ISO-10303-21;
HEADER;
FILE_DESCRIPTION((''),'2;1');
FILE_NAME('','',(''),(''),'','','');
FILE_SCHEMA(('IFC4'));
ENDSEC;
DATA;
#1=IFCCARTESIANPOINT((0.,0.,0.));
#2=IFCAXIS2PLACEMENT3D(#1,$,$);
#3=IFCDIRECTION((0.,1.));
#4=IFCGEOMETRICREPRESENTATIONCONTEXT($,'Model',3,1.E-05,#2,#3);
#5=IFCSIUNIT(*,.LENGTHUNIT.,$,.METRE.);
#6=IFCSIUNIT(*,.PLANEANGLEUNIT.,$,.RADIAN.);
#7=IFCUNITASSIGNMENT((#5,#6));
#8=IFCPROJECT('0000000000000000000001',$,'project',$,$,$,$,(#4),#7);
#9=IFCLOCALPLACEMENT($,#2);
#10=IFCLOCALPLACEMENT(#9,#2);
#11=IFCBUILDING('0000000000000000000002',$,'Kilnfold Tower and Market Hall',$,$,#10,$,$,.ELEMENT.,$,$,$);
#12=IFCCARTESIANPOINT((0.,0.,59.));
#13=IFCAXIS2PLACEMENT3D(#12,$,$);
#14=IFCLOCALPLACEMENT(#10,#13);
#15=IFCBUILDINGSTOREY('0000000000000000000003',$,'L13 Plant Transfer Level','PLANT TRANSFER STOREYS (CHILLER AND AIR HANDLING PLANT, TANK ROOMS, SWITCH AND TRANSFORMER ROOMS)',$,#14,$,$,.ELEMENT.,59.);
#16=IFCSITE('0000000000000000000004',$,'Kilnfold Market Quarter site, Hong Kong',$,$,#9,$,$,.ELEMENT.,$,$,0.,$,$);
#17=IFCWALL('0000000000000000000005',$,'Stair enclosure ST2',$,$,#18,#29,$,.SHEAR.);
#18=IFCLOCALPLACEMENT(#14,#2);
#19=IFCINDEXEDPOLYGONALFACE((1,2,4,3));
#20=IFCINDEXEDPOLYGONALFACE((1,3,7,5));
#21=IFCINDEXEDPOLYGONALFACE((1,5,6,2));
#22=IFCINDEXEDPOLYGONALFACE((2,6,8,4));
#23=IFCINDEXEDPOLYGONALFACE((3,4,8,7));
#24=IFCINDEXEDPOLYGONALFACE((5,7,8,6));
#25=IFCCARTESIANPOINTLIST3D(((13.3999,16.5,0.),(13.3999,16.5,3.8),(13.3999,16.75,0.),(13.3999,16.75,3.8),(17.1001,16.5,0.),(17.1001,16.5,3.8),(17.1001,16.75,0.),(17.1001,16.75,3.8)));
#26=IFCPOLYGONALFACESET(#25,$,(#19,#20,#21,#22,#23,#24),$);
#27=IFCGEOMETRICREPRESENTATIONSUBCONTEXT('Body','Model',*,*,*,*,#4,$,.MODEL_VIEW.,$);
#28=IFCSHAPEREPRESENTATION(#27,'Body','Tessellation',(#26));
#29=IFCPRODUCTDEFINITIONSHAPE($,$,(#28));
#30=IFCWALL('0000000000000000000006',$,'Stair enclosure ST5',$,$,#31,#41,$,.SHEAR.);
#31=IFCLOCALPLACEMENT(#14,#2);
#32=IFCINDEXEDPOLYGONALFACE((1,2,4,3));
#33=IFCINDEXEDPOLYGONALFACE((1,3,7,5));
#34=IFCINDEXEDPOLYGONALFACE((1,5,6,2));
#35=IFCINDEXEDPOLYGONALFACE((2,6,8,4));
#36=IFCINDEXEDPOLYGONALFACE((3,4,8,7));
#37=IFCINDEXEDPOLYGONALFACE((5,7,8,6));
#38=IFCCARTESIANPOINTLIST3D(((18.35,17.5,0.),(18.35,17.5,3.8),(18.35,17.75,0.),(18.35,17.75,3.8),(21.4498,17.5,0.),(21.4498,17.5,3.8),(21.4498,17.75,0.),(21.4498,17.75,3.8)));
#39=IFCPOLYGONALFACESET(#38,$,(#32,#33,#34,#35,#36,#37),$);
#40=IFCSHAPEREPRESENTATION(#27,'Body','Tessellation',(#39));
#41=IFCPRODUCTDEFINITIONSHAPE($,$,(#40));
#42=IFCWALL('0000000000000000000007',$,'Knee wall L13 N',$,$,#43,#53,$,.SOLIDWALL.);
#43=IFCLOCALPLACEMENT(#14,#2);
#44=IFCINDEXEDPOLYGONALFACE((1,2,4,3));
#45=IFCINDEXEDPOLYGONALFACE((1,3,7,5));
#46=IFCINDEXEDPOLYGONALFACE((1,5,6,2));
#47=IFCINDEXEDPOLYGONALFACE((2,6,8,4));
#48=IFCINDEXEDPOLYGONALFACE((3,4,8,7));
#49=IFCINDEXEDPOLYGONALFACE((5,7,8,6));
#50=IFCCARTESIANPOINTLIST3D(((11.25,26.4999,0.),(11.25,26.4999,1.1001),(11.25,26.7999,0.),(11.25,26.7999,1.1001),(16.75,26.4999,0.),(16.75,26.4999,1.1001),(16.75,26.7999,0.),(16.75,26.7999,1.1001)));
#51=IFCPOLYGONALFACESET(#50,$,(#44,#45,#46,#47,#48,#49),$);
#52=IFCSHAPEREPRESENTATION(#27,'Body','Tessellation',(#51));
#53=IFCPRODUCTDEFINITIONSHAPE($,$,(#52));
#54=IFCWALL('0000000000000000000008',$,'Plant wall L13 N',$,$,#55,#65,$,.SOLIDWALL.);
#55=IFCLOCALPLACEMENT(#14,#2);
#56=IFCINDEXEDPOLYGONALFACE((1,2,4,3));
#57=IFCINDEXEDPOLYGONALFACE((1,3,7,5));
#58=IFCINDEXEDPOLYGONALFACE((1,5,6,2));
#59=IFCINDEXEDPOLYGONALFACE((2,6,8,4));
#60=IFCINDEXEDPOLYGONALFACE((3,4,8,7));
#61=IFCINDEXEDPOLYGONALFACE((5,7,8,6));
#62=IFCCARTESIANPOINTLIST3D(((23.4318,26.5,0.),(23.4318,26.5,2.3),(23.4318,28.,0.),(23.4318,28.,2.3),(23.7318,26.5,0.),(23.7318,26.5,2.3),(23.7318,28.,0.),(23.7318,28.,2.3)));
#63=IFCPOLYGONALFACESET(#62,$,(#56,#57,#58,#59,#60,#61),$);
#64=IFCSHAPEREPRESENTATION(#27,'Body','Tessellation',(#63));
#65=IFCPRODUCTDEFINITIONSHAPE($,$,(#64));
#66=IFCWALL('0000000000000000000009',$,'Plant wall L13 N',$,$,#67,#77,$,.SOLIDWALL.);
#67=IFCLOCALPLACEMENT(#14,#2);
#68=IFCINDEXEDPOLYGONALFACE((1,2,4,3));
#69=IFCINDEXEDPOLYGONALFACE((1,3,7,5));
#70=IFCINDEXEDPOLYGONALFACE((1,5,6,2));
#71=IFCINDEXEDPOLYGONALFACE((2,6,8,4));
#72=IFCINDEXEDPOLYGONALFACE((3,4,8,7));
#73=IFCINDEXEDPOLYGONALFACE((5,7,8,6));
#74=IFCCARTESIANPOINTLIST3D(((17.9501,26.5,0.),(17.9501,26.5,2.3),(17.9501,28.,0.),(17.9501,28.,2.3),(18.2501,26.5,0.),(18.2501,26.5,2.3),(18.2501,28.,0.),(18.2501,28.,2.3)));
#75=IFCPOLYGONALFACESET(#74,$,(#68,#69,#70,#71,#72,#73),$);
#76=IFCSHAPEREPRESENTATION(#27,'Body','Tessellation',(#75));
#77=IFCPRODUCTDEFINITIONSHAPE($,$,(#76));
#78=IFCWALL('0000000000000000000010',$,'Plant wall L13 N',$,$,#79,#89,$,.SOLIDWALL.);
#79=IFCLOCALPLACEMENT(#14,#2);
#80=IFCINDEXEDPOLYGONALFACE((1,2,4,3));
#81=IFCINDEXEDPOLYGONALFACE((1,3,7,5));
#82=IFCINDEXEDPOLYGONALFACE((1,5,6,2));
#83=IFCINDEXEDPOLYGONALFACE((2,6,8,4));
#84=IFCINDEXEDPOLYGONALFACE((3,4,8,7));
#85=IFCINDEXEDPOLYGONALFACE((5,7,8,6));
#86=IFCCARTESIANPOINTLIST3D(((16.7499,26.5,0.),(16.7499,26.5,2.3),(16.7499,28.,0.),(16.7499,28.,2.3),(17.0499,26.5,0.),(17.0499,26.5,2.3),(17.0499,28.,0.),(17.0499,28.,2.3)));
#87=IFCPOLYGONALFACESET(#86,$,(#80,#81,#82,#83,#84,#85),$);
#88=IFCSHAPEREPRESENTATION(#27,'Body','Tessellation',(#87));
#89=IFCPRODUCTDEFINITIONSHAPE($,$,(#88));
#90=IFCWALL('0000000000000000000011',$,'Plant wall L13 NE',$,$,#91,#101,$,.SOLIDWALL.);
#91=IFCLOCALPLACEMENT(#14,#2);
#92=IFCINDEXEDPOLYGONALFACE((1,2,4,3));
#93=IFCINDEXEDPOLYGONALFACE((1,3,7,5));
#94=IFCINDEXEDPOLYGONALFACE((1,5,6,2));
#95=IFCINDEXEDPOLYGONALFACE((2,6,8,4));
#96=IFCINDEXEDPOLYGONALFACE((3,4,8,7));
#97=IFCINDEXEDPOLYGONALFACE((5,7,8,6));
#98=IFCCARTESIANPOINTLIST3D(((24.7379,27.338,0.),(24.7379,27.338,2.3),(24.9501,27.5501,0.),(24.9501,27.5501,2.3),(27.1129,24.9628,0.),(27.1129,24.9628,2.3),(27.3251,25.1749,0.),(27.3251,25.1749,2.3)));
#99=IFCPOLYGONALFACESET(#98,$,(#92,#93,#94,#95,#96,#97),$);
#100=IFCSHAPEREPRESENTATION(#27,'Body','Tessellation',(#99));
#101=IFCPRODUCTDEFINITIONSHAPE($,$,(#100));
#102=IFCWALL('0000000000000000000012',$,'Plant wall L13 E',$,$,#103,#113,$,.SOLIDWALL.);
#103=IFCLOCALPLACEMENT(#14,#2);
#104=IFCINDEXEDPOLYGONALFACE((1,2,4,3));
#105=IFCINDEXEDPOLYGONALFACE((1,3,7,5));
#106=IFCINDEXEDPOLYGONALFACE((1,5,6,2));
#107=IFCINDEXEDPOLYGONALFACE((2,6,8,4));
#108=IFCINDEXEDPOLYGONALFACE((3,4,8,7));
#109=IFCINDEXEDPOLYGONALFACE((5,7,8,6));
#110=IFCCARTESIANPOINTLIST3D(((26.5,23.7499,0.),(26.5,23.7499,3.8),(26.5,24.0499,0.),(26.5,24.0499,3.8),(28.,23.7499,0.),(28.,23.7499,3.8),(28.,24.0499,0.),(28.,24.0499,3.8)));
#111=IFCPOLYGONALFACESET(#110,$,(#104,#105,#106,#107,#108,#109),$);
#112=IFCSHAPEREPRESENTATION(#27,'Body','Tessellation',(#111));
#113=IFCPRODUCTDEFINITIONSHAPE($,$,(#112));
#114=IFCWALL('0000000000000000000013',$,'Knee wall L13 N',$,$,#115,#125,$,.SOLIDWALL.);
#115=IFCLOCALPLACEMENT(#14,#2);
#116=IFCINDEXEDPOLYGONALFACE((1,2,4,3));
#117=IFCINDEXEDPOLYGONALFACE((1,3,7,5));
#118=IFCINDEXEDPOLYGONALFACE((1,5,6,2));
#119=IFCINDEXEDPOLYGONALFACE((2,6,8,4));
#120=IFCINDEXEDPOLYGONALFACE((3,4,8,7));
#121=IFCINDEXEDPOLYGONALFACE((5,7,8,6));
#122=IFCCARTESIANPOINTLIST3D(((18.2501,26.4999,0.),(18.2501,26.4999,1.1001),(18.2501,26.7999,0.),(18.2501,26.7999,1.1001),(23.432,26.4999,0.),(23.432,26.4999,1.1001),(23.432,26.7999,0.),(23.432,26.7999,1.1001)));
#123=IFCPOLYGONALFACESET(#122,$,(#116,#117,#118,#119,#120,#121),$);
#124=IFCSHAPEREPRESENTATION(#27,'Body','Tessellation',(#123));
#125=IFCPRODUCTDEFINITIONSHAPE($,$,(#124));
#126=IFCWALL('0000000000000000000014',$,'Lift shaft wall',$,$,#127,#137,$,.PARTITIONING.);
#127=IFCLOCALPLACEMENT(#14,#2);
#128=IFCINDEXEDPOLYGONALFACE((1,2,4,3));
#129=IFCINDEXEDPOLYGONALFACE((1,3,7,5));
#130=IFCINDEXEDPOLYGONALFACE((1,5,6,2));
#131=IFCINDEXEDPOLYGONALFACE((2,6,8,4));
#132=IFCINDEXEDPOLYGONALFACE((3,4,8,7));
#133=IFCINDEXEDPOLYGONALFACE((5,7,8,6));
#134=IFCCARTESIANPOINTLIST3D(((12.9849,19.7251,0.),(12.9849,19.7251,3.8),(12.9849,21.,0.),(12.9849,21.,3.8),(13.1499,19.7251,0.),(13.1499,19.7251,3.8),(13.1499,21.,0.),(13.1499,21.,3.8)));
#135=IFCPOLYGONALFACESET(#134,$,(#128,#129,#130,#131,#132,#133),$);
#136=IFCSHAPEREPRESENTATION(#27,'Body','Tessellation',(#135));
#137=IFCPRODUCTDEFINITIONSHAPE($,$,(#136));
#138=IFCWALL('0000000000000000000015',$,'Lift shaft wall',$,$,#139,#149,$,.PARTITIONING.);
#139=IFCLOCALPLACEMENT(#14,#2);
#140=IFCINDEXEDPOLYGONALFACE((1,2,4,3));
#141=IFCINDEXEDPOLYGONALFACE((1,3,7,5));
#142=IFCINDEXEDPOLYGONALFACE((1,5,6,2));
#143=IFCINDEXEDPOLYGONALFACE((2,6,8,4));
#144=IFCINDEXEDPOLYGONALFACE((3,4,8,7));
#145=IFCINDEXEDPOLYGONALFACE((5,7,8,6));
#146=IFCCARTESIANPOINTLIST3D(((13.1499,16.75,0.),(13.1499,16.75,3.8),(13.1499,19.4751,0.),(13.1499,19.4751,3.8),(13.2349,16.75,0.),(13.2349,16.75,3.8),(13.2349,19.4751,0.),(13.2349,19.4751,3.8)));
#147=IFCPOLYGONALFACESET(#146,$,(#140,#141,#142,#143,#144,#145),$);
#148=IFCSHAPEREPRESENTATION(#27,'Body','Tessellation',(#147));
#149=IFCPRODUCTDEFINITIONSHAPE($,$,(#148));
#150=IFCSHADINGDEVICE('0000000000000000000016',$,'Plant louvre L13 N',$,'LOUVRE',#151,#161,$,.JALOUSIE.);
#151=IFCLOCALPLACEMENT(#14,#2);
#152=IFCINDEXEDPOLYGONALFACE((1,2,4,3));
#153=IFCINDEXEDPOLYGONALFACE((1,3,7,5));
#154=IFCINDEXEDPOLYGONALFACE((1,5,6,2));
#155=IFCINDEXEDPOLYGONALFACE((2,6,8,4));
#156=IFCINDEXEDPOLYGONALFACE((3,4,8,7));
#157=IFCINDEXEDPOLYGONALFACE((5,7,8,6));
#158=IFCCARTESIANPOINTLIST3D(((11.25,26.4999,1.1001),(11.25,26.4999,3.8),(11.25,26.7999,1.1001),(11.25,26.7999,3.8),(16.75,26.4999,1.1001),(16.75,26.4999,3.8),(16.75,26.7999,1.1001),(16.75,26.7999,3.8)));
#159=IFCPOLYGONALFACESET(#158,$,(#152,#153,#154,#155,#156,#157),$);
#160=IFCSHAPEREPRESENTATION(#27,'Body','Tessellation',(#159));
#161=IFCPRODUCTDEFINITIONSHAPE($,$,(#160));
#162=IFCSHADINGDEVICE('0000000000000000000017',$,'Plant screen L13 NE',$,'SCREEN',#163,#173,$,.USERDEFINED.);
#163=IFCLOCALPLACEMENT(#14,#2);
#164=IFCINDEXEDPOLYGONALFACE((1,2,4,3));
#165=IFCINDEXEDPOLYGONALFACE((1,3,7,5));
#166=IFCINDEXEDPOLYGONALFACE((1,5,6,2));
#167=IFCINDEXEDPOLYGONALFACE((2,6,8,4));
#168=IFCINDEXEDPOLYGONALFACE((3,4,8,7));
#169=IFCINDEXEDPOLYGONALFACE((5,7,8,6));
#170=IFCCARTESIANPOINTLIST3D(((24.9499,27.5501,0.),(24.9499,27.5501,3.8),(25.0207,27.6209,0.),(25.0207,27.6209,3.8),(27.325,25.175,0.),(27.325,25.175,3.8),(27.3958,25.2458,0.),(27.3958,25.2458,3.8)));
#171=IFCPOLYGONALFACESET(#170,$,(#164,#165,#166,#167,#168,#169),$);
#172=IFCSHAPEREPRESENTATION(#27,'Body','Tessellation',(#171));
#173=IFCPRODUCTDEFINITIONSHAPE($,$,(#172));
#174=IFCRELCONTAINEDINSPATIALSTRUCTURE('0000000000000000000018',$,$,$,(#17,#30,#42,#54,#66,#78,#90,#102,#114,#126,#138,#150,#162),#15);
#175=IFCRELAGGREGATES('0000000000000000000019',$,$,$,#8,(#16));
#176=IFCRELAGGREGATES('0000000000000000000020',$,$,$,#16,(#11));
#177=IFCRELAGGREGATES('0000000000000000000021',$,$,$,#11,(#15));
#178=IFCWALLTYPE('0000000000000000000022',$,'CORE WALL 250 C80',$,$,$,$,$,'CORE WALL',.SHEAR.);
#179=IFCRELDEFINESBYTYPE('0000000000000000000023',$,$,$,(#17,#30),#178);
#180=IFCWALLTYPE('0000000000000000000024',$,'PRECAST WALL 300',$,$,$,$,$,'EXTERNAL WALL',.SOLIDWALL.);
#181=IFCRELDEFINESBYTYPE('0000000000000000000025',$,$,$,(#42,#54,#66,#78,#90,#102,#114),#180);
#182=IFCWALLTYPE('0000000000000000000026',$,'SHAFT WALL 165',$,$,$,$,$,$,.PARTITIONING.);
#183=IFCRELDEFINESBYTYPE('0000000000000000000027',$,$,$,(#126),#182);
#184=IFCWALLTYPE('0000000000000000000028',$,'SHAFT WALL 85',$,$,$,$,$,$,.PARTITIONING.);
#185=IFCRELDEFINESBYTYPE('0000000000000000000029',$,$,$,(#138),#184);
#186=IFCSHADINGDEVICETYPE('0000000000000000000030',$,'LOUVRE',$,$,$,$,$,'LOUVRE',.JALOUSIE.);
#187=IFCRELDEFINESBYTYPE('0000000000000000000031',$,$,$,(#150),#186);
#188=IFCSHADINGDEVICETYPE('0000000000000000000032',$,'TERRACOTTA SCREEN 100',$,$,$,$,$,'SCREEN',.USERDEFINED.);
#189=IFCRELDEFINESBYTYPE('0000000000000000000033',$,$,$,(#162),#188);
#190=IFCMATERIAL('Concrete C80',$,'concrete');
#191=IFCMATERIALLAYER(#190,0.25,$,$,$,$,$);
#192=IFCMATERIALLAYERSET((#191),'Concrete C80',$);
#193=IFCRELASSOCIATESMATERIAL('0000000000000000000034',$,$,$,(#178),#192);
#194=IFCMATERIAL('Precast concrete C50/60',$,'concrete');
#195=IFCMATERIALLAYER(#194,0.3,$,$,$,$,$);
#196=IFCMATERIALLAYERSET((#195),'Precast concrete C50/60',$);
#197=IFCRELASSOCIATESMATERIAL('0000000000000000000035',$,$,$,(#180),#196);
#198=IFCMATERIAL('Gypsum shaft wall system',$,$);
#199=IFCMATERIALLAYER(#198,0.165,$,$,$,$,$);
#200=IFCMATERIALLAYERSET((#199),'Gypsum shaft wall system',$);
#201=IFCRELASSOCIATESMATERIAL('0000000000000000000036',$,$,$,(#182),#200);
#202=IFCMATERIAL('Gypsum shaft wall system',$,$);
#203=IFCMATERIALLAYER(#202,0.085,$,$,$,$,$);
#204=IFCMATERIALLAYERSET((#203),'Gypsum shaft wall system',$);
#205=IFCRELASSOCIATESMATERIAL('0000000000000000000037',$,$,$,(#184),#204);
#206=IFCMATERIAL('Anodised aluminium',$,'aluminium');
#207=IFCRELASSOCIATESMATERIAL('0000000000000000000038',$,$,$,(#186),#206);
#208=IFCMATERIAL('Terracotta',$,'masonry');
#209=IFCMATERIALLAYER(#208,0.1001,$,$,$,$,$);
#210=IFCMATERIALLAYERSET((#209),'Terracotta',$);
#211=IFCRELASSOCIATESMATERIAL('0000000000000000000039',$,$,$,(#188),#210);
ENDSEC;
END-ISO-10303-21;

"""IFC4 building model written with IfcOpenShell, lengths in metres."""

from ifc_helpers import new_model, si_unit, direction, frame, frame_2d, origin, origin_2d, place, context, subcontext, project, spatial, rectangle, extrude, source, transform, mapped, material, layer, layer_set, type_object, element, save


model = new_model("IFC4")

# Units and contexts
model_context = context("Model", 3, precision=1e-05, world=origin(), true_north=direction((0.0, 1.0)))
body_context = subcontext(model_context, "Body", "Model", "MODEL_VIEW")
ifc_project = project(units=[si_unit("LENGTHUNIT", "METRE"), si_unit("PLANEANGLEUNIT", "RADIAN")], contexts=[model_context])

# Site, building, storey
site_placement = place(None, origin())
site = spatial("IfcSite", under=ifc_project, at=site_placement, Name="Kilnfold Market Quarter site, Hong Kong", CompositionType="ELEMENT", RefElevation=0.0)
building_placement = place(site_placement, origin())
building = spatial("IfcBuilding", under=site, at=building_placement, Name="Kilnfold Tower and Market Hall", CompositionType="ELEMENT")
storey_placement = place(building_placement, frame((0.0, 0.0, 59.0)))
storey = spatial("IfcBuildingStorey", under=building, at=storey_placement, Name="L13 Plant Transfer Level", Description="PLANT TRANSFER STOREYS (CHILLER AND AIR HANDLING PLANT, TANK ROOMS, SWITCH AND TRANSFORMER ROOMS)", CompositionType="ELEMENT", Elevation=59.0)

# Walls
ifc_material_1 = material(Name="Concrete C80", Category="concrete")
ifc_layer_1 = layer(ifc_material_1, 0.25)
ifc_layer_set_1 = layer_set([ifc_layer_1], Name="Concrete C80")
wall_type_1 = type_object("IfcWallType", Name="CORE WALL 250 C80", ElementType="CORE WALL", PredefinedType="SHEAR", material=ifc_layer_set_1)
shared_shape_1 = source(origin(), body_context, "Body", "SweptSolid", [
    extrude(rectangle(XDim=3.7002, YDim=0.25, at=frame_2d((1.8501, 0.0))), origin(), (0.0, 0.0, 1.0), 3.8),
])
wall_1_placement = place(storey_placement, frame((13.3999, 16.625, 0.0), z_axis=(0.0, 0.0, 1.0), x_axis=(1.0, 0.0, 0.0)))
element("IfcWall", 1, at=wall_1_placement, inside=storey, type_object=wall_type_1, Name="Stair enclosure ST2", PredefinedType="SHEAR", context=body_context, shape_type="MappedRepresentation", body=[
    mapped(shared_shape_1, transform((0.0, 0.0, 0.0))),
])
shared_shape_2 = source(origin(), body_context, "Body", "SweptSolid", [
    extrude(rectangle(XDim=3.0999, YDim=0.25, at=frame_2d((1.5498, 0.0))), origin(), (0.0, 0.0, 1.0), 3.8),
])
wall_2_placement = place(storey_placement, frame((18.3501, 17.625, 0.0), z_axis=(0.0, 0.0, 1.0), x_axis=(1.0, 0.0, 0.0)))
element("IfcWall", 2, at=wall_2_placement, inside=storey, type_object=wall_type_1, Name="Stair enclosure ST5", PredefinedType="SHEAR", context=body_context, shape_type="MappedRepresentation", body=[
    mapped(shared_shape_2, transform((0.0, 0.0, 0.0))),
])
ifc_material_2 = material(Name="Precast concrete C50/60", Category="concrete")
ifc_layer_2 = layer(ifc_material_2, 0.3)
ifc_layer_set_2 = layer_set([ifc_layer_2], Name="Precast concrete C50/60")
wall_type_2 = type_object("IfcWallType", Name="PRECAST WALL 300", ElementType="EXTERNAL WALL", PredefinedType="SOLIDWALL", material=ifc_layer_set_2)
shared_shape_3 = source(origin(), body_context, "Body", "SweptSolid", [
    extrude(rectangle(XDim=5.5, YDim=0.3, at=frame_2d((2.75, 0.0))), origin(), (0.0, 0.0, 1.0), 1.1001),
])
wall_3_placement = place(storey_placement, frame((16.75, 26.6499, 0.0), z_axis=(0.0, 0.0, 1.0), x_axis=(-1.0, 0.0, 0.0)))
element("IfcWall", 3, at=wall_3_placement, inside=storey, type_object=wall_type_2, Name="Knee wall L13 N", PredefinedType="SOLIDWALL", context=body_context, shape_type="MappedRepresentation", body=[
    mapped(shared_shape_3, transform((0.0, 0.0, 0.0))),
])
shared_shape_4 = source(origin(), body_context, "Body", "SweptSolid", [
    extrude(rectangle(XDim=1.5, YDim=0.3, at=frame_2d((0.75, 0.0))), origin(), (0.0, 0.0, 1.0), 2.3),
])
for number, where, z_axis, x_axis, name in (
    (4, (23.5818, 28.0, 0.0), (0.0, 0.0, 1.0), (0.0, -1.0, 0.0), "Plant wall L13 N"),
    (5, (18.1001, 28.0, 0.0), (0.0, 0.0, 1.0), (0.0, -1.0, 0.0), "Plant wall L13 N"),
    (6, (16.8999, 28.0, 0.0), (0.0, 0.0, 1.0), (0.0, -1.0, 0.0), "Plant wall L13 N"),
):
    element("IfcWall", number, at=place(storey_placement, frame(where, z_axis=z_axis, x_axis=x_axis)), inside=storey, type_object=wall_type_2, Name=name, PredefinedType="SOLIDWALL", context=body_context, shape_type="MappedRepresentation", body=[
        mapped(shared_shape_4, transform((0.0, 0.0, 0.0))),
    ])
shared_shape_5 = source(origin(), body_context, "Body", "SweptSolid", [
    extrude(rectangle(XDim=3.3589, YDim=0.3, at=frame_2d((1.6794, 0.0))), origin(), (0.0, 0.0, 1.0), 2.3),
])
wall_4_placement = place(storey_placement, frame((27.219, 25.0688, 0.0), z_axis=(0.0, 0.0, 1.0), x_axis=(-0.70707, 0.707143, 0.0)))
element("IfcWall", 7, at=wall_4_placement, inside=storey, type_object=wall_type_2, Name="Plant wall L13 NE", PredefinedType="SOLIDWALL", context=body_context, shape_type="MappedRepresentation", body=[
    mapped(shared_shape_5, transform((0.0, 0.0, 0.0))),
])
shared_shape_6 = source(origin(), body_context, "Body", "SweptSolid", [
    extrude(rectangle(XDim=1.5, YDim=0.3, at=frame_2d((0.75, 0.0))), origin(), (0.0, 0.0, 1.0), 3.8),
])
wall_5_placement = place(storey_placement, frame((28.0, 23.8999, 0.0), z_axis=(0.0, 0.0, 1.0), x_axis=(-1.0, 0.0, 0.0)))
element("IfcWall", 8, at=wall_5_placement, inside=storey, type_object=wall_type_2, Name="Plant wall L13 E", PredefinedType="SOLIDWALL", context=body_context, shape_type="MappedRepresentation", body=[
    mapped(shared_shape_6, transform((0.0, 0.0, 0.0))),
])
shared_shape_7 = source(origin(), body_context, "Body", "SweptSolid", [
    extrude(rectangle(XDim=5.1819, YDim=0.3, at=frame_2d((2.5908, 0.0))), origin(), (0.0, 0.0, 1.0), 1.1001),
])
wall_6_placement = place(storey_placement, frame((23.4319, 26.6499, 0.0), z_axis=(0.0, 0.0, 1.0), x_axis=(-1.0, 0.0, 0.0)))
element("IfcWall", 9, at=wall_6_placement, inside=storey, type_object=wall_type_2, Name="Knee wall L13 N", PredefinedType="SOLIDWALL", context=body_context, shape_type="MappedRepresentation", body=[
    mapped(shared_shape_7, transform((0.0, 0.0, 0.0))),
])
ifc_material_3 = material(Name="Gypsum shaft wall system")
ifc_layer_3 = layer(ifc_material_3, 0.165)
ifc_layer_set_3 = layer_set([ifc_layer_3], Name="Gypsum shaft wall system")
wall_type_3 = type_object("IfcWallType", Name="SHAFT WALL 165", PredefinedType="PARTITIONING", material=ifc_layer_set_3)
shared_shape_8 = source(origin(), body_context, "Body", "SweptSolid", [
    extrude(rectangle(XDim=1.2749, YDim=0.165, at=frame_2d((0.6375, 0.0))), origin(), (0.0, 0.0, 1.0), 3.8),
])
wall_7_placement = place(storey_placement, frame((13.0674, 19.7251, 0.0), z_axis=(0.0, 0.0, 1.0), x_axis=(0.0, 1.0, 0.0)))
element("IfcWall", 10, at=wall_7_placement, inside=storey, type_object=wall_type_3, Name="Lift shaft wall", PredefinedType="PARTITIONING", context=body_context, shape_type="MappedRepresentation", body=[
    mapped(shared_shape_8, transform((0.0, 0.0, 0.0))),
])
ifc_material_4 = material(Name="Gypsum shaft wall system")
ifc_layer_4 = layer(ifc_material_4, 0.085)
ifc_layer_set_4 = layer_set([ifc_layer_4], Name="Gypsum shaft wall system")
wall_type_4 = type_object("IfcWallType", Name="SHAFT WALL 85", PredefinedType="PARTITIONING", material=ifc_layer_set_4)
shared_shape_9 = source(origin(), body_context, "Body", "SweptSolid", [
    extrude(rectangle(XDim=2.7251, YDim=0.085, at=frame_2d((1.3625, 0.0))), origin(), (0.0, 0.0, 1.0), 3.8),
])
wall_8_placement = place(storey_placement, frame((13.1924, 16.75, 0.0), z_axis=(0.0, 0.0, 1.0), x_axis=(0.0, 1.0, 0.0)))
element("IfcWall", 11, at=wall_8_placement, inside=storey, type_object=wall_type_4, Name="Lift shaft wall", PredefinedType="PARTITIONING", context=body_context, shape_type="MappedRepresentation", body=[
    mapped(shared_shape_9, transform((0.0, 0.0, 0.0))),
])

# Shading devices
ifc_material_5 = material(Name="Anodised aluminium", Category="aluminium")
shading_device_type_1 = type_object("IfcShadingDeviceType", Name="LOUVRE", ElementType="LOUVRE", PredefinedType="JALOUSIE", material=ifc_material_5)
shared_shape_10 = source(origin(), body_context, "Body", "SweptSolid", [
    extrude(rectangle(XDim=5.5, YDim=0.3, at=origin_2d()), origin(), (0.0, 0.0, 1.0), 2.7),
])
shading_device_1_placement = place(storey_placement, frame((14.0, 26.6499, 1.1001), z_axis=(0.0, 0.0, 1.0), x_axis=(-1.0, 0.0, 0.0)))
element("IfcShadingDevice", 12, at=shading_device_1_placement, inside=storey, type_object=shading_device_type_1, Name="Plant louvre L13 N", ObjectType="LOUVRE", PredefinedType="JALOUSIE", context=body_context, shape_type="MappedRepresentation", body=[
    mapped(shared_shape_10, transform((0.0, 0.0, 0.0))),
])
ifc_material_6 = material(Name="Terracotta", Category="masonry")
ifc_layer_5 = layer(ifc_material_6, 0.1001)
ifc_layer_set_5 = layer_set([ifc_layer_5], Name="Terracotta")
shading_device_type_2 = type_object("IfcShadingDeviceType", Name="TERRACOTTA SCREEN 100", ElementType="SCREEN", PredefinedType="USERDEFINED", material=ifc_layer_set_5)
shared_shape_11 = source(origin(), body_context, "Body", "SweptSolid", [
    extrude(rectangle(XDim=3.3589, YDim=0.1001, at=origin_2d()), origin(), (0.0, 0.0, 1.0), 3.8),
])
shading_device_2_placement = place(storey_placement, frame((26.1729, 26.3979, 0.0), z_axis=(0.0, 0.0, 1.0), x_axis=(-0.707107, 0.707107, 0.0)))
element("IfcShadingDevice", 13, at=shading_device_2_placement, inside=storey, type_object=shading_device_type_2, Name="Plant screen L13 NE", ObjectType="SCREEN", PredefinedType="USERDEFINED", context=body_context, shape_type="MappedRepresentation", body=[
    mapped(shared_shape_11, transform((0.0, 0.0, 0.0))),
])

save(model, "model.ifc")
